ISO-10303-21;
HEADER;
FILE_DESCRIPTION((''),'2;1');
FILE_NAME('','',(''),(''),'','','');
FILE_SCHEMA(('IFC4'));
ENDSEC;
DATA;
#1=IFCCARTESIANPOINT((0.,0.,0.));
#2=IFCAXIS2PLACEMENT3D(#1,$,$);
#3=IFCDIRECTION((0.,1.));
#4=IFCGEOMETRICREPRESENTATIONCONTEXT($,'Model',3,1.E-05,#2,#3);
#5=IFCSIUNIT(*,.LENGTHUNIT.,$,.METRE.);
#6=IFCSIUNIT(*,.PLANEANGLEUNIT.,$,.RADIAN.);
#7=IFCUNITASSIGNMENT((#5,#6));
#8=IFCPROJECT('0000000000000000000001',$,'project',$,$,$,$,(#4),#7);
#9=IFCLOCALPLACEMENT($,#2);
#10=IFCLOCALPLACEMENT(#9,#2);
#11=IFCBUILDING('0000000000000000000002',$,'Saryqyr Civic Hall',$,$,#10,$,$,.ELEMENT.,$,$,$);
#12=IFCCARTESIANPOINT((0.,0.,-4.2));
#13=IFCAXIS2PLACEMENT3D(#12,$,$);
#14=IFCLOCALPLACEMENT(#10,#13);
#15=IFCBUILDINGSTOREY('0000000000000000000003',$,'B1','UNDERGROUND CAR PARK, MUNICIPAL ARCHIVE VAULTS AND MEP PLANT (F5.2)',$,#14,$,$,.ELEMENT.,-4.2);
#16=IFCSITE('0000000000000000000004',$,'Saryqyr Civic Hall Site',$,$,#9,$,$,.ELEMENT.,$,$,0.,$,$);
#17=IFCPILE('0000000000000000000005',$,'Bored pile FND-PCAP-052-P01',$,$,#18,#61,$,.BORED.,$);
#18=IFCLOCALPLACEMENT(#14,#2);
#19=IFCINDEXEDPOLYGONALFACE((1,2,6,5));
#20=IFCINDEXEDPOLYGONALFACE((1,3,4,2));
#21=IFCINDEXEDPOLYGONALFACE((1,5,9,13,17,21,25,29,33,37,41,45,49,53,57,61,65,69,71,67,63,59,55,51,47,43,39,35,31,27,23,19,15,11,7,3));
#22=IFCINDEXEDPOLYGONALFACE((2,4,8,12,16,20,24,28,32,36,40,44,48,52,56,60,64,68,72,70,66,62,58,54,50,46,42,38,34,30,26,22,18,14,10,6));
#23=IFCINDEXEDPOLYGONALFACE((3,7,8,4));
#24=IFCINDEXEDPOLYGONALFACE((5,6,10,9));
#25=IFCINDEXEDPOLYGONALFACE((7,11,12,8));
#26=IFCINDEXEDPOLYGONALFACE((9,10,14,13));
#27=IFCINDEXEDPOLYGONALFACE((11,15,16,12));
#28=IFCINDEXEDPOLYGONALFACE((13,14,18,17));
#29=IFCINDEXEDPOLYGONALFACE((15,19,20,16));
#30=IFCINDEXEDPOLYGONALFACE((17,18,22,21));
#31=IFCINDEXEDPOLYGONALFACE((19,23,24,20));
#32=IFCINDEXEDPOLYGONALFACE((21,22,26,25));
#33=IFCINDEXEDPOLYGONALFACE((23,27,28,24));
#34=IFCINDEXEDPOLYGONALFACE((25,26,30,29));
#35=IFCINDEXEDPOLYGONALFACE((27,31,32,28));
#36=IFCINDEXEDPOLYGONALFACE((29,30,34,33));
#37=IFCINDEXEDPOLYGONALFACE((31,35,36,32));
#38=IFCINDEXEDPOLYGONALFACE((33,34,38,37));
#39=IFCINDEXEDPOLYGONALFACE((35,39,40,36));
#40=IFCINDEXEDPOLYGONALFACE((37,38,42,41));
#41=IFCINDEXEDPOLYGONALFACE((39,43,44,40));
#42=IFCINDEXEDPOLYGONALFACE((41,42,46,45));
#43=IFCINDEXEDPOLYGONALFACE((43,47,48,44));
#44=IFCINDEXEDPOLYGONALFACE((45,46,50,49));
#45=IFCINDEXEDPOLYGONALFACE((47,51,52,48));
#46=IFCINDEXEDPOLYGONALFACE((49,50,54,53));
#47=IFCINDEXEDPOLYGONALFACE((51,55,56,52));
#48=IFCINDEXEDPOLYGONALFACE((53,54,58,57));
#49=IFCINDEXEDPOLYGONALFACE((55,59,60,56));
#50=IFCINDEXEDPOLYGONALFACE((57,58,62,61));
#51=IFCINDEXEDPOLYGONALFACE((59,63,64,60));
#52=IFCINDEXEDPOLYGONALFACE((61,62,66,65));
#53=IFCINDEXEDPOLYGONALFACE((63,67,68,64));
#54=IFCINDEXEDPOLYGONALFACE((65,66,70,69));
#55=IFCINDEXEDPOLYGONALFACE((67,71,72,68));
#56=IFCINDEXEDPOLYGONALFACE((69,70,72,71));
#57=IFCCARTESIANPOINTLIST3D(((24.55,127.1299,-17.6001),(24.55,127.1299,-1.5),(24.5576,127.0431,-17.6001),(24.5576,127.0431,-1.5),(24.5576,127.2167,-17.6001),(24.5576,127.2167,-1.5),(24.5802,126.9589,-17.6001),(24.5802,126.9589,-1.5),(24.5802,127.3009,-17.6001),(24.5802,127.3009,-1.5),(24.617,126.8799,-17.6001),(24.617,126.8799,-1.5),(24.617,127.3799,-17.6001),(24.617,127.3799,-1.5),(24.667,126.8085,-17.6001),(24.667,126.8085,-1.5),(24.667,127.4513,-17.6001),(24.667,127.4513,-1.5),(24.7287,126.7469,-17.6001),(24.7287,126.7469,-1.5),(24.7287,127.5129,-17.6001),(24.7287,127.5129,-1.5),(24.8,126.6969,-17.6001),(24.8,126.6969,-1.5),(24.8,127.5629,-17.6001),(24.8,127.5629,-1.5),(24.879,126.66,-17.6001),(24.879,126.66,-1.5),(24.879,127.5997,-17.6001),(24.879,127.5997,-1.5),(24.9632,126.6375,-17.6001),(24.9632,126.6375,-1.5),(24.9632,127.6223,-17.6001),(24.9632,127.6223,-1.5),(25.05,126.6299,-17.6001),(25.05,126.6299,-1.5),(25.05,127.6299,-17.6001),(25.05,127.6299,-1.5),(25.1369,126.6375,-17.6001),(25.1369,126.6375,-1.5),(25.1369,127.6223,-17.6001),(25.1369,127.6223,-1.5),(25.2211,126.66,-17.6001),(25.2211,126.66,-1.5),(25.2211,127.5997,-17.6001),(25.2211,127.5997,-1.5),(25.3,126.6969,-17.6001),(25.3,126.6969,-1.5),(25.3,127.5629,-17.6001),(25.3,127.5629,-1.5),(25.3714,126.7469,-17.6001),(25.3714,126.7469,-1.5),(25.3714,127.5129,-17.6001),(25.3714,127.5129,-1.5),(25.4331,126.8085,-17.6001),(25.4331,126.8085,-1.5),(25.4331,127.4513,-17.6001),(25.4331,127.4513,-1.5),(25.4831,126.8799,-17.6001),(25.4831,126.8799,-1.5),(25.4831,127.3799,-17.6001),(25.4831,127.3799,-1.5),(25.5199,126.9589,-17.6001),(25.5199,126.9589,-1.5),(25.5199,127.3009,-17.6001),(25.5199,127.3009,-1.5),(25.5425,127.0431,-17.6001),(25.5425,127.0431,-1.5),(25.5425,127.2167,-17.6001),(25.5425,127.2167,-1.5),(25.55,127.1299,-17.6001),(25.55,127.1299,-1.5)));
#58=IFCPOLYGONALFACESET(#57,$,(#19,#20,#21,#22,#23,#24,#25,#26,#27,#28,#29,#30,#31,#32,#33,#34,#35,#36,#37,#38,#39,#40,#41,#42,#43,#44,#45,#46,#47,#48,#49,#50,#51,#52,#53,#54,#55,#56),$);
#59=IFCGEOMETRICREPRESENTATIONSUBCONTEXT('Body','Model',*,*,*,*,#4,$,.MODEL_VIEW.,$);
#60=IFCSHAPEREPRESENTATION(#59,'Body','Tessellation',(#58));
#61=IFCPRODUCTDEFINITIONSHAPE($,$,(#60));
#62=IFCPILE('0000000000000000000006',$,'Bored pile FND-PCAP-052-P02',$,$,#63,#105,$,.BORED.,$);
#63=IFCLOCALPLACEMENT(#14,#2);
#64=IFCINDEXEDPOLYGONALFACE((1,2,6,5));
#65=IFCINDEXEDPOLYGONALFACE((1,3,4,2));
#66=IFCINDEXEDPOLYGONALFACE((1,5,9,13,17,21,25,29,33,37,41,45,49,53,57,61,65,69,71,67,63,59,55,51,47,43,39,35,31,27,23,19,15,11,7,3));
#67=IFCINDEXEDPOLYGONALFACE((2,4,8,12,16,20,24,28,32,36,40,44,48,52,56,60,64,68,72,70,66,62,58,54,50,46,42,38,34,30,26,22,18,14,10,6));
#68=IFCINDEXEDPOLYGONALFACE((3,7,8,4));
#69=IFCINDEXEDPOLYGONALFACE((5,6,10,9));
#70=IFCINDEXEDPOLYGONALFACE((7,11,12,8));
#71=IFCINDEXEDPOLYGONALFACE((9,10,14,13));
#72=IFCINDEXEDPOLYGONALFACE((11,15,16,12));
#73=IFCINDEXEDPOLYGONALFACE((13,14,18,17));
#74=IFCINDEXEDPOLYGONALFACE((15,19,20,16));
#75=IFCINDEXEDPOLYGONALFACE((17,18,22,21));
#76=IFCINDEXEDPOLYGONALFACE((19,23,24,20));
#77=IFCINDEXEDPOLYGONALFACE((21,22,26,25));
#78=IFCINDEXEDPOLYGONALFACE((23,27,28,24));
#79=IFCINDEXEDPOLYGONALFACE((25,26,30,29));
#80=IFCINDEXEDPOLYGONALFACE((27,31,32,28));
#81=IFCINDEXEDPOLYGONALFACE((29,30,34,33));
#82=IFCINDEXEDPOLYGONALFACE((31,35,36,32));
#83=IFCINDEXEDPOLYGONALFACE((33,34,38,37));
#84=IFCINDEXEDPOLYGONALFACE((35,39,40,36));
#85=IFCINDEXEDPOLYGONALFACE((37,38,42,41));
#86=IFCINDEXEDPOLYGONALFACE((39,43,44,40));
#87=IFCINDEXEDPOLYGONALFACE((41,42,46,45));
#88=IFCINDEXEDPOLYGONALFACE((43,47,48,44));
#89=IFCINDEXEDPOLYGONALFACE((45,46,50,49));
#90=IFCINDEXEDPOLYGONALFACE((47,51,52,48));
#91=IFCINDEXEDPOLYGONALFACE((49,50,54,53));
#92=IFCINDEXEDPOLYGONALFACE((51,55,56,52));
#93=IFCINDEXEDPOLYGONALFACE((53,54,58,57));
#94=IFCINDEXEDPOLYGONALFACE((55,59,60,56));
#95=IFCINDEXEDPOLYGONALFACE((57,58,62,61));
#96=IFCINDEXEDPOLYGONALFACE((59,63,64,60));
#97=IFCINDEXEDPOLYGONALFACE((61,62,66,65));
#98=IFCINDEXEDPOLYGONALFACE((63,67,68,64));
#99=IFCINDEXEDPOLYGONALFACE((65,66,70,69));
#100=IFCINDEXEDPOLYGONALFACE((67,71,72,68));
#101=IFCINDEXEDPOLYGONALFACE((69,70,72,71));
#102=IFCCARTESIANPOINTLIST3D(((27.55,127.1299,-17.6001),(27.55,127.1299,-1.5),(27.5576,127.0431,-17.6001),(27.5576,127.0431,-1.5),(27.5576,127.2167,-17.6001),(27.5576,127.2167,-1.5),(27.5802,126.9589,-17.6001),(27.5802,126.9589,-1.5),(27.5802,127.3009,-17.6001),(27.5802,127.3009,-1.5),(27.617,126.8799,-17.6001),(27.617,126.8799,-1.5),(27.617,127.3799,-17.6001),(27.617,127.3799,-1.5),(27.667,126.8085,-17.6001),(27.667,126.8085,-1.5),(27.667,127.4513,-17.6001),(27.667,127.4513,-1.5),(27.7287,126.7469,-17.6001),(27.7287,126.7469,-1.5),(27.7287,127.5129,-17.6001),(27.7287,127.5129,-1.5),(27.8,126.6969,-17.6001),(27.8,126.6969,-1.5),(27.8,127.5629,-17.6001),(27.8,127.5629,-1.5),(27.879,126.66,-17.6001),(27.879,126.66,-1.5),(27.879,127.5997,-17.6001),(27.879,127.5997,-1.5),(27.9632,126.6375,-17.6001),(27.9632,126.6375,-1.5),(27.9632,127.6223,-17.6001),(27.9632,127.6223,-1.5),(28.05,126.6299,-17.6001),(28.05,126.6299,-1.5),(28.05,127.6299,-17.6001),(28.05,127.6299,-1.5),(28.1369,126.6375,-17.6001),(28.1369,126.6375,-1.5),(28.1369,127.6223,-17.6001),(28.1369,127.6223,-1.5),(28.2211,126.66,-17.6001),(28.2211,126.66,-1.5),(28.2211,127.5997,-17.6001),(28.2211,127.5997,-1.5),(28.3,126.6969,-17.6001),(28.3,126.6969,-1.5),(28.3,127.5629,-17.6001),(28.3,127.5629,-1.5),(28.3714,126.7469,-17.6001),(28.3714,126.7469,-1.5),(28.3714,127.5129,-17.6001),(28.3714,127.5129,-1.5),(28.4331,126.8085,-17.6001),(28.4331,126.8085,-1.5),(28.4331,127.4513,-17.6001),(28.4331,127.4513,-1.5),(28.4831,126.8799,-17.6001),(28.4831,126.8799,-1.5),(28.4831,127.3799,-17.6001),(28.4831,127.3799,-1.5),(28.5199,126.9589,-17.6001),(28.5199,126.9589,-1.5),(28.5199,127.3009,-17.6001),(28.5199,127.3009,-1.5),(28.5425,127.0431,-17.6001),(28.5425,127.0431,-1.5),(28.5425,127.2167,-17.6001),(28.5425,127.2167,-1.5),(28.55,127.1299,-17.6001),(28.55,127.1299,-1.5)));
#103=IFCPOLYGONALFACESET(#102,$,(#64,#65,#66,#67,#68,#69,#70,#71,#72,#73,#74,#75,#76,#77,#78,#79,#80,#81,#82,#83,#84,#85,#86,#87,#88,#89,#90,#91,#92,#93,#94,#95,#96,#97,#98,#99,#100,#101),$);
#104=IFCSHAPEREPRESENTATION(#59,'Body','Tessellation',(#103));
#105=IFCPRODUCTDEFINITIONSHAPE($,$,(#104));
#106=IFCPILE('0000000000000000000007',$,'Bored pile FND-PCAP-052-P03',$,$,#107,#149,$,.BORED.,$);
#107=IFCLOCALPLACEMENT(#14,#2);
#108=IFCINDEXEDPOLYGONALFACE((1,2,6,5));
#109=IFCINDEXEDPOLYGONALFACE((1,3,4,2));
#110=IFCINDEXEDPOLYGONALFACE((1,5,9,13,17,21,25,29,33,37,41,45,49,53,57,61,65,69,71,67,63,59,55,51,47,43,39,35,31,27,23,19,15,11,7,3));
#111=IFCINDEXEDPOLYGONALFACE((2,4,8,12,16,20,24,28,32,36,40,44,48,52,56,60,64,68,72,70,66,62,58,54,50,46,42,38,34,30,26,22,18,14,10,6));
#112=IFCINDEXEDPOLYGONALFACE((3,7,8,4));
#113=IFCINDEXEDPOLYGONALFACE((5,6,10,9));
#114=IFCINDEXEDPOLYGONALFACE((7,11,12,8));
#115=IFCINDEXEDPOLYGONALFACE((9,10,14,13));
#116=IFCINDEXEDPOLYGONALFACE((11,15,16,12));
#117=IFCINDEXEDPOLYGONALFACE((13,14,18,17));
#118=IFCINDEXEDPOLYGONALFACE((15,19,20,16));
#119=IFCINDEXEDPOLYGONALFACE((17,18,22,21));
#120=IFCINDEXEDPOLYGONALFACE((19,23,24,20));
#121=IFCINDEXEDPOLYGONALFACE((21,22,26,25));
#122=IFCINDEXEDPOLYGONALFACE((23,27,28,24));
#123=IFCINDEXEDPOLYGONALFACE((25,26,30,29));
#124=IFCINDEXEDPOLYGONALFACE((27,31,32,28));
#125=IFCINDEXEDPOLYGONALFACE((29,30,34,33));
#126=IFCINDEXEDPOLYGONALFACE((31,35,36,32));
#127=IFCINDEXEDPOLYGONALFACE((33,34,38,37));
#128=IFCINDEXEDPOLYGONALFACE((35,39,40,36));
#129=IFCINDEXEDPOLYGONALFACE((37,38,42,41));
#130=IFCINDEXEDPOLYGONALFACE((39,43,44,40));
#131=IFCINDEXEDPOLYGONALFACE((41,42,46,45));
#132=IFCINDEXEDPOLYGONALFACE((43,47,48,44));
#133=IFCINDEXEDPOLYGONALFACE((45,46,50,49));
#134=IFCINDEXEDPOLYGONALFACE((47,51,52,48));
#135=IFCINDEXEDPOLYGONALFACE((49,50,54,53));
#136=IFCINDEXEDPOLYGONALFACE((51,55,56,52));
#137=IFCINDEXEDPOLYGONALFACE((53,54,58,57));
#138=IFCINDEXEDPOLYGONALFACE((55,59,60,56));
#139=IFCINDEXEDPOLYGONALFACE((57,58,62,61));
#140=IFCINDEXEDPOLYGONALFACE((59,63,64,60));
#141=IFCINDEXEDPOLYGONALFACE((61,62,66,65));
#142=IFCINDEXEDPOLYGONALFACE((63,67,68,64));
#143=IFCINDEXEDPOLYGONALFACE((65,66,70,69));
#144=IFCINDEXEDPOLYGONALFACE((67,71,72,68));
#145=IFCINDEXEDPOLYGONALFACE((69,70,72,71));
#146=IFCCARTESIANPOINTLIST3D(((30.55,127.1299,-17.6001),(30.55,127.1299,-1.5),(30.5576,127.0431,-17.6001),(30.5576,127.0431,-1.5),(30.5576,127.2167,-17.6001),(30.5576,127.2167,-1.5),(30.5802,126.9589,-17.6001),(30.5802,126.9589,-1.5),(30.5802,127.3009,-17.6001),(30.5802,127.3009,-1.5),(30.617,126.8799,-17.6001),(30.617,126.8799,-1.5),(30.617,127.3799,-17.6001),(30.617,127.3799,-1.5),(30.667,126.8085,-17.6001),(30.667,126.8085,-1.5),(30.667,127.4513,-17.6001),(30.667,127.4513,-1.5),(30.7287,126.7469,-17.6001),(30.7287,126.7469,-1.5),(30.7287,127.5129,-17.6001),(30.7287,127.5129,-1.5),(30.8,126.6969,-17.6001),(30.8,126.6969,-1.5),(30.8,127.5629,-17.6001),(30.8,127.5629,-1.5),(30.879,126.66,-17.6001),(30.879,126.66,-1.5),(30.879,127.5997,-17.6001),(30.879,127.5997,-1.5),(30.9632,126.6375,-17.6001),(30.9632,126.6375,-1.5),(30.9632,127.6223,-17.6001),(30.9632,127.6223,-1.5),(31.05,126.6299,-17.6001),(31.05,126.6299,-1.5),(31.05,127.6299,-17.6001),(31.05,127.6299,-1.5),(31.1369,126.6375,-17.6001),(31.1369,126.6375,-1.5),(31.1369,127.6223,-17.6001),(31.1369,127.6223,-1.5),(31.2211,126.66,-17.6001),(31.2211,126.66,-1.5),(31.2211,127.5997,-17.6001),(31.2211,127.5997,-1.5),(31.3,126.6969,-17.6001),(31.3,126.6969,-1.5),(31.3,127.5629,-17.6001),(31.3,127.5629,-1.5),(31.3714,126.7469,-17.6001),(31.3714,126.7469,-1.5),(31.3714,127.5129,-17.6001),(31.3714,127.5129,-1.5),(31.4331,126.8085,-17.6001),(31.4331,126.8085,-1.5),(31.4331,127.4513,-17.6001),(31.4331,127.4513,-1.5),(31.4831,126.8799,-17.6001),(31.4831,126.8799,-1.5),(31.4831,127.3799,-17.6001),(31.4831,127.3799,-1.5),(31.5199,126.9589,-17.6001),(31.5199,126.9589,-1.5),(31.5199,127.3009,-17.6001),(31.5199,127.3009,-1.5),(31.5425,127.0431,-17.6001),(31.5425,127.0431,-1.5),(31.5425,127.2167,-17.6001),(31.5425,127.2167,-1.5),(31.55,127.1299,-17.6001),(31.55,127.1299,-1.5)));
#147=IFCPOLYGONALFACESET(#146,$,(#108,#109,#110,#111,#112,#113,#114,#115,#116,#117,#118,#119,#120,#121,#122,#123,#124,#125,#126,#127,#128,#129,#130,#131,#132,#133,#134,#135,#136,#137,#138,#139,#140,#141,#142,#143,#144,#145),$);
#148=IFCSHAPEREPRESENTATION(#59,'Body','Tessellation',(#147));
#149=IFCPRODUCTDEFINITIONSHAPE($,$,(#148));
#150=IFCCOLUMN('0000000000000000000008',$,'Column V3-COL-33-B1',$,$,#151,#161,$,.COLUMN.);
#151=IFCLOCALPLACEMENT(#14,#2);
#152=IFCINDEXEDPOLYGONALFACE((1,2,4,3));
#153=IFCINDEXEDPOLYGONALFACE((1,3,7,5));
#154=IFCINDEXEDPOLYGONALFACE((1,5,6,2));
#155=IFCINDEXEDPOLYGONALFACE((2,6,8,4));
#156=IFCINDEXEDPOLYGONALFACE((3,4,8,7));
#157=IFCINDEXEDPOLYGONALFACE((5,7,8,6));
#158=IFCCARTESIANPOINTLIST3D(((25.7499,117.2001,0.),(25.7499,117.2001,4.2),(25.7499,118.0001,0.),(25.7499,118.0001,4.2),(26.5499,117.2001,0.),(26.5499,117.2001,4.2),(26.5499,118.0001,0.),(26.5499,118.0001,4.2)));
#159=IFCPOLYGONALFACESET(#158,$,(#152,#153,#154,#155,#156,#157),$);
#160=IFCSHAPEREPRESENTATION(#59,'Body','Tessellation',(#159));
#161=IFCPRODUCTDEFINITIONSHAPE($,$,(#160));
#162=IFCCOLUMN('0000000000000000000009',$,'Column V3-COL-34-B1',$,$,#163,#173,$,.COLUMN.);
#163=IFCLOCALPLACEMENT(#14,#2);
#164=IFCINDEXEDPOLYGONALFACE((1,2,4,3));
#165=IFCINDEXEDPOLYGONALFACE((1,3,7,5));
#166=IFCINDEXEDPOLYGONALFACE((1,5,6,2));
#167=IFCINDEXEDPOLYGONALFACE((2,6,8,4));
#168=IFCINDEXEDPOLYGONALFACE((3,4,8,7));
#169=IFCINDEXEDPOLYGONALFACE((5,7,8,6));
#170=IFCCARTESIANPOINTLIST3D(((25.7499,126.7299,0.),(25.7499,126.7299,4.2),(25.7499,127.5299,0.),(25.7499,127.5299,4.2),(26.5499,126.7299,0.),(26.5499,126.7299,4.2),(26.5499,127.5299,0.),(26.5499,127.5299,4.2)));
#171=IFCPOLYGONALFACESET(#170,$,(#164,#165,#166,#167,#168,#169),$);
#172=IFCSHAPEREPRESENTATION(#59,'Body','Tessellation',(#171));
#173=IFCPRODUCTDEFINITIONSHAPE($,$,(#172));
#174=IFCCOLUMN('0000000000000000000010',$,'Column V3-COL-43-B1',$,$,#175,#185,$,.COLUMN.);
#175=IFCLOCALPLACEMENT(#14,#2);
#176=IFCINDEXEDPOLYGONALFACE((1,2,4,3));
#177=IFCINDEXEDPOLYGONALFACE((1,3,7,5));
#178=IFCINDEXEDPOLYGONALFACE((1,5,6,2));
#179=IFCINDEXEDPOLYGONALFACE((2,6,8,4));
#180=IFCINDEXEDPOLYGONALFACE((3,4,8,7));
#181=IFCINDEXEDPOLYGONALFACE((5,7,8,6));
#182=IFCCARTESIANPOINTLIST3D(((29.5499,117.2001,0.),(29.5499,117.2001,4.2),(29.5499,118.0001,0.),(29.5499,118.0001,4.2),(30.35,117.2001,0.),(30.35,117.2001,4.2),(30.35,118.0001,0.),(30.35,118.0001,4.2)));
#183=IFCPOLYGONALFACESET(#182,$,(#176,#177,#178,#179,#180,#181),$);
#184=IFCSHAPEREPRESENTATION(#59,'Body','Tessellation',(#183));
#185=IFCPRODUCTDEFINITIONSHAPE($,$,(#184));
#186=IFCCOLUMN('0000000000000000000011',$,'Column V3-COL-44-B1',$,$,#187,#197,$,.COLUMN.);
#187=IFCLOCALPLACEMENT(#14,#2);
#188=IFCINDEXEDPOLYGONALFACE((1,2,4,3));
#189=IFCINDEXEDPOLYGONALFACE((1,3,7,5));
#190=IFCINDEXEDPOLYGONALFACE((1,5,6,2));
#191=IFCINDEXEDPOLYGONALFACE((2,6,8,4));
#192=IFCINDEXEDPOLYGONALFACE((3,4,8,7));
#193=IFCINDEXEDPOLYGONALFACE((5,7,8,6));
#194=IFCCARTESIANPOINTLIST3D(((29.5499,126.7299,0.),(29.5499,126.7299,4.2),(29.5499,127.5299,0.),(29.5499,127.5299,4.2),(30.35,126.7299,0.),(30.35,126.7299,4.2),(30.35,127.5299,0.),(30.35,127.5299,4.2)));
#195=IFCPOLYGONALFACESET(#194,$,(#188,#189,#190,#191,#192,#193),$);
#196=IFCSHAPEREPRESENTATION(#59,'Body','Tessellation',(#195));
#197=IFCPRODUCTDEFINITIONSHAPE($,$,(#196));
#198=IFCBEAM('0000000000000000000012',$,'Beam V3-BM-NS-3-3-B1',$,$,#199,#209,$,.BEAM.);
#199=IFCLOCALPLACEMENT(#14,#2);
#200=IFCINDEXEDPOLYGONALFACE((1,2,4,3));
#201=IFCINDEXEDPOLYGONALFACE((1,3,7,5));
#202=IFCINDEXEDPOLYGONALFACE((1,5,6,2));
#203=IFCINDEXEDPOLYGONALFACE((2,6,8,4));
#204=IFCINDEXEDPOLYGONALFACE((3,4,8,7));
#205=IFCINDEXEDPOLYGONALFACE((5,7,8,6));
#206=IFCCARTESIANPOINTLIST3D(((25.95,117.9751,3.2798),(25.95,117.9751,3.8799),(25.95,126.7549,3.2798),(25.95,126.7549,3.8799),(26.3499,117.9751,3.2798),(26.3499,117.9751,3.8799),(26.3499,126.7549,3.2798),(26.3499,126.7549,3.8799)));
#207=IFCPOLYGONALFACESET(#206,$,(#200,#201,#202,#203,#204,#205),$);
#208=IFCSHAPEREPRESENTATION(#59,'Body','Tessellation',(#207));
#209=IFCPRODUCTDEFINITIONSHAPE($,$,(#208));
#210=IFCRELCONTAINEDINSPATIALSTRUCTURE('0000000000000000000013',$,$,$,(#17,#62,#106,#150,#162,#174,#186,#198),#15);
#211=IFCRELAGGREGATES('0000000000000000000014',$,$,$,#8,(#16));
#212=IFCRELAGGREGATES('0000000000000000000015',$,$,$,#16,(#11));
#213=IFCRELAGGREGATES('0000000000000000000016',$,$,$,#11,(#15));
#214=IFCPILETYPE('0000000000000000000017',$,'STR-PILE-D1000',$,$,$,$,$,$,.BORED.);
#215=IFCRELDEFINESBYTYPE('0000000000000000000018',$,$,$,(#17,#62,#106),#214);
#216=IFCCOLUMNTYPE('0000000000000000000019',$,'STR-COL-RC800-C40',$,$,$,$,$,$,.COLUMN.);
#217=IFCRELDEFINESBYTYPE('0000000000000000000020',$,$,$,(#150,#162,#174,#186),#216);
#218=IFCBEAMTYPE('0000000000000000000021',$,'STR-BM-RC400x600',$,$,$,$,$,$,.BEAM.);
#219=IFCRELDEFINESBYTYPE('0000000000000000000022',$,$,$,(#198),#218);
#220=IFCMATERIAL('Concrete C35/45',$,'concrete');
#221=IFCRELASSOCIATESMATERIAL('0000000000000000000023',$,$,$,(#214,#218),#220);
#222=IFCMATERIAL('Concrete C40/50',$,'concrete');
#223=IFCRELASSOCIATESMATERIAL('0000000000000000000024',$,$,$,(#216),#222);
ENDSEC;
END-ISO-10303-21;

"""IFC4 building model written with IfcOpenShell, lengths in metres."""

from ifc_helpers import new_model, si_unit, direction, frame, origin, origin_2d, place, context, subcontext, project, spatial, rectangle, circle, extrude, material, material_profile, profile_set, type_object, element, save


model = new_model("IFC4")

# Units and contexts
model_context = context("Model", 3, precision=1e-05, world=origin(), true_north=direction((0.0, 1.0)))
body_context = subcontext(model_context, "Body", "Model", "MODEL_VIEW")
ifc_project = project(units=[si_unit("LENGTHUNIT", "METRE"), si_unit("PLANEANGLEUNIT", "RADIAN")], contexts=[model_context])

# Site, building, storey
site_placement = place(None, origin())
site = spatial("IfcSite", under=ifc_project, at=site_placement, Name="Saryqyr Civic Hall Site", CompositionType="ELEMENT", RefElevation=0.0)
building_placement = place(site_placement, origin())
building = spatial("IfcBuilding", under=site, at=building_placement, Name="Saryqyr Civic Hall", CompositionType="ELEMENT")
storey_placement = place(building_placement, frame((0.0, 0.0, -4.2)))
storey = spatial("IfcBuildingStorey", under=building, at=storey_placement, Name="B1", Description="UNDERGROUND CAR PARK, MUNICIPAL ARCHIVE VAULTS AND MEP PLANT (F5.2)", CompositionType="ELEMENT", Elevation=-4.2)

# Shared definitions
ifc_material_1 = material(Name="Concrete C35/45", Category="concrete")

# Piles
ifc_material_profile_1 = material_profile(ifc_material_1, circle(Radius=0.5, at=origin_2d()), Name="BORED PILE D1000")
ifc_profile_set_1 = profile_set([ifc_material_profile_1], Name="Concrete C35/45")
pile_type = type_object("IfcPileType", Name="STR-PILE-D1000", PredefinedType="BORED", material=ifc_profile_set_1)
for number, where, z_axis, x_axis, name in (
    (1, (25.05, 127.1299, -1.5), (0.0, 0.0, -1.0), (1.0, 0.0, 0.0), "Bored pile FND-PCAP-052-P01"),
    (2, (28.05, 127.1299, -1.5), (0.0, 0.0, -1.0), (1.0, 0.0, 0.0), "Bored pile FND-PCAP-052-P02"),
    (3, (31.05, 127.1299, -1.5), (0.0, 0.0, -1.0), (1.0, 0.0, 0.0), "Bored pile FND-PCAP-052-P03"),
):
    element("IfcPile", number, at=place(storey_placement, frame(where, z_axis=z_axis, x_axis=x_axis)), inside=storey, type_object=pile_type, Name=name, PredefinedType="BORED", context=body_context, shape_type="SweptSolid", body=[
        extrude(circle(Radius=0.5, at=origin_2d()), origin(), (0.0, 0.0, 1.0), 16.1001),
    ])

# Columns
ifc_material_2 = material(Name="Concrete C40/50", Category="concrete")
ifc_material_profile_2 = material_profile(ifc_material_2, rectangle(XDim=0.8, YDim=0.8, at=origin_2d()), Name="RC 800x800")
ifc_profile_set_2 = profile_set([ifc_material_profile_2], Name="Concrete C40/50")
column_type = type_object("IfcColumnType", Name="STR-COL-RC800-C40", PredefinedType="COLUMN", material=ifc_profile_set_2)
for number, where, z_axis, x_axis, name in (
    (4, (26.1499, 117.6001, 0.0), (0.0, 0.0, 1.0), (1.0, 0.0, 0.0), "Column V3-COL-33-B1"),
    (5, (26.1499, 127.1299, 0.0), (0.0, 0.0, 1.0), (1.0, 0.0, 0.0), "Column V3-COL-34-B1"),
    (6, (29.95, 117.6001, 0.0), (0.0, 0.0, 1.0), (1.0, 0.0, 0.0), "Column V3-COL-43-B1"),
    (7, (29.95, 127.1299, 0.0), (0.0, 0.0, 1.0), (1.0, 0.0, 0.0), "Column V3-COL-44-B1"),
):
    element("IfcColumn", number, at=place(storey_placement, frame(where, z_axis=z_axis, x_axis=x_axis)), inside=storey, type_object=column_type, Name=name, PredefinedType="COLUMN", context=body_context, shape_type="SweptSolid", body=[
        extrude(rectangle(XDim=0.8, YDim=0.8, at=origin_2d()), origin(), (0.0, 0.0, 1.0), 4.2),
    ])

# Beam
ifc_material_profile_3 = material_profile(ifc_material_1, rectangle(XDim=0.3999, YDim=0.6001, at=origin_2d()), Name="RC 400x600")
ifc_profile_set_3 = profile_set([ifc_material_profile_3], Name="Concrete C35/45")
beam_type_1 = type_object("IfcBeamType", Name="STR-BM-RC400x600", PredefinedType="BEAM", material=ifc_profile_set_3)
beam_1_placement = place(storey_placement, frame((26.1499, 117.9751, 3.5798), z_axis=(0.0, 1.0, 0.0), x_axis=(-1.0, 0.0, 0.0)))
element("IfcBeam", 8, at=beam_1_placement, inside=storey, type_object=beam_type_1, Name="Beam V3-BM-NS-3-3-B1", PredefinedType="BEAM", context=body_context, shape_type="SweptSolid", body=[
    extrude(rectangle(XDim=0.3999, YDim=0.6001, at=origin_2d()), origin(), (0.0, 0.0, 1.0), 8.7798),
])

save(model, "model.ifc")
